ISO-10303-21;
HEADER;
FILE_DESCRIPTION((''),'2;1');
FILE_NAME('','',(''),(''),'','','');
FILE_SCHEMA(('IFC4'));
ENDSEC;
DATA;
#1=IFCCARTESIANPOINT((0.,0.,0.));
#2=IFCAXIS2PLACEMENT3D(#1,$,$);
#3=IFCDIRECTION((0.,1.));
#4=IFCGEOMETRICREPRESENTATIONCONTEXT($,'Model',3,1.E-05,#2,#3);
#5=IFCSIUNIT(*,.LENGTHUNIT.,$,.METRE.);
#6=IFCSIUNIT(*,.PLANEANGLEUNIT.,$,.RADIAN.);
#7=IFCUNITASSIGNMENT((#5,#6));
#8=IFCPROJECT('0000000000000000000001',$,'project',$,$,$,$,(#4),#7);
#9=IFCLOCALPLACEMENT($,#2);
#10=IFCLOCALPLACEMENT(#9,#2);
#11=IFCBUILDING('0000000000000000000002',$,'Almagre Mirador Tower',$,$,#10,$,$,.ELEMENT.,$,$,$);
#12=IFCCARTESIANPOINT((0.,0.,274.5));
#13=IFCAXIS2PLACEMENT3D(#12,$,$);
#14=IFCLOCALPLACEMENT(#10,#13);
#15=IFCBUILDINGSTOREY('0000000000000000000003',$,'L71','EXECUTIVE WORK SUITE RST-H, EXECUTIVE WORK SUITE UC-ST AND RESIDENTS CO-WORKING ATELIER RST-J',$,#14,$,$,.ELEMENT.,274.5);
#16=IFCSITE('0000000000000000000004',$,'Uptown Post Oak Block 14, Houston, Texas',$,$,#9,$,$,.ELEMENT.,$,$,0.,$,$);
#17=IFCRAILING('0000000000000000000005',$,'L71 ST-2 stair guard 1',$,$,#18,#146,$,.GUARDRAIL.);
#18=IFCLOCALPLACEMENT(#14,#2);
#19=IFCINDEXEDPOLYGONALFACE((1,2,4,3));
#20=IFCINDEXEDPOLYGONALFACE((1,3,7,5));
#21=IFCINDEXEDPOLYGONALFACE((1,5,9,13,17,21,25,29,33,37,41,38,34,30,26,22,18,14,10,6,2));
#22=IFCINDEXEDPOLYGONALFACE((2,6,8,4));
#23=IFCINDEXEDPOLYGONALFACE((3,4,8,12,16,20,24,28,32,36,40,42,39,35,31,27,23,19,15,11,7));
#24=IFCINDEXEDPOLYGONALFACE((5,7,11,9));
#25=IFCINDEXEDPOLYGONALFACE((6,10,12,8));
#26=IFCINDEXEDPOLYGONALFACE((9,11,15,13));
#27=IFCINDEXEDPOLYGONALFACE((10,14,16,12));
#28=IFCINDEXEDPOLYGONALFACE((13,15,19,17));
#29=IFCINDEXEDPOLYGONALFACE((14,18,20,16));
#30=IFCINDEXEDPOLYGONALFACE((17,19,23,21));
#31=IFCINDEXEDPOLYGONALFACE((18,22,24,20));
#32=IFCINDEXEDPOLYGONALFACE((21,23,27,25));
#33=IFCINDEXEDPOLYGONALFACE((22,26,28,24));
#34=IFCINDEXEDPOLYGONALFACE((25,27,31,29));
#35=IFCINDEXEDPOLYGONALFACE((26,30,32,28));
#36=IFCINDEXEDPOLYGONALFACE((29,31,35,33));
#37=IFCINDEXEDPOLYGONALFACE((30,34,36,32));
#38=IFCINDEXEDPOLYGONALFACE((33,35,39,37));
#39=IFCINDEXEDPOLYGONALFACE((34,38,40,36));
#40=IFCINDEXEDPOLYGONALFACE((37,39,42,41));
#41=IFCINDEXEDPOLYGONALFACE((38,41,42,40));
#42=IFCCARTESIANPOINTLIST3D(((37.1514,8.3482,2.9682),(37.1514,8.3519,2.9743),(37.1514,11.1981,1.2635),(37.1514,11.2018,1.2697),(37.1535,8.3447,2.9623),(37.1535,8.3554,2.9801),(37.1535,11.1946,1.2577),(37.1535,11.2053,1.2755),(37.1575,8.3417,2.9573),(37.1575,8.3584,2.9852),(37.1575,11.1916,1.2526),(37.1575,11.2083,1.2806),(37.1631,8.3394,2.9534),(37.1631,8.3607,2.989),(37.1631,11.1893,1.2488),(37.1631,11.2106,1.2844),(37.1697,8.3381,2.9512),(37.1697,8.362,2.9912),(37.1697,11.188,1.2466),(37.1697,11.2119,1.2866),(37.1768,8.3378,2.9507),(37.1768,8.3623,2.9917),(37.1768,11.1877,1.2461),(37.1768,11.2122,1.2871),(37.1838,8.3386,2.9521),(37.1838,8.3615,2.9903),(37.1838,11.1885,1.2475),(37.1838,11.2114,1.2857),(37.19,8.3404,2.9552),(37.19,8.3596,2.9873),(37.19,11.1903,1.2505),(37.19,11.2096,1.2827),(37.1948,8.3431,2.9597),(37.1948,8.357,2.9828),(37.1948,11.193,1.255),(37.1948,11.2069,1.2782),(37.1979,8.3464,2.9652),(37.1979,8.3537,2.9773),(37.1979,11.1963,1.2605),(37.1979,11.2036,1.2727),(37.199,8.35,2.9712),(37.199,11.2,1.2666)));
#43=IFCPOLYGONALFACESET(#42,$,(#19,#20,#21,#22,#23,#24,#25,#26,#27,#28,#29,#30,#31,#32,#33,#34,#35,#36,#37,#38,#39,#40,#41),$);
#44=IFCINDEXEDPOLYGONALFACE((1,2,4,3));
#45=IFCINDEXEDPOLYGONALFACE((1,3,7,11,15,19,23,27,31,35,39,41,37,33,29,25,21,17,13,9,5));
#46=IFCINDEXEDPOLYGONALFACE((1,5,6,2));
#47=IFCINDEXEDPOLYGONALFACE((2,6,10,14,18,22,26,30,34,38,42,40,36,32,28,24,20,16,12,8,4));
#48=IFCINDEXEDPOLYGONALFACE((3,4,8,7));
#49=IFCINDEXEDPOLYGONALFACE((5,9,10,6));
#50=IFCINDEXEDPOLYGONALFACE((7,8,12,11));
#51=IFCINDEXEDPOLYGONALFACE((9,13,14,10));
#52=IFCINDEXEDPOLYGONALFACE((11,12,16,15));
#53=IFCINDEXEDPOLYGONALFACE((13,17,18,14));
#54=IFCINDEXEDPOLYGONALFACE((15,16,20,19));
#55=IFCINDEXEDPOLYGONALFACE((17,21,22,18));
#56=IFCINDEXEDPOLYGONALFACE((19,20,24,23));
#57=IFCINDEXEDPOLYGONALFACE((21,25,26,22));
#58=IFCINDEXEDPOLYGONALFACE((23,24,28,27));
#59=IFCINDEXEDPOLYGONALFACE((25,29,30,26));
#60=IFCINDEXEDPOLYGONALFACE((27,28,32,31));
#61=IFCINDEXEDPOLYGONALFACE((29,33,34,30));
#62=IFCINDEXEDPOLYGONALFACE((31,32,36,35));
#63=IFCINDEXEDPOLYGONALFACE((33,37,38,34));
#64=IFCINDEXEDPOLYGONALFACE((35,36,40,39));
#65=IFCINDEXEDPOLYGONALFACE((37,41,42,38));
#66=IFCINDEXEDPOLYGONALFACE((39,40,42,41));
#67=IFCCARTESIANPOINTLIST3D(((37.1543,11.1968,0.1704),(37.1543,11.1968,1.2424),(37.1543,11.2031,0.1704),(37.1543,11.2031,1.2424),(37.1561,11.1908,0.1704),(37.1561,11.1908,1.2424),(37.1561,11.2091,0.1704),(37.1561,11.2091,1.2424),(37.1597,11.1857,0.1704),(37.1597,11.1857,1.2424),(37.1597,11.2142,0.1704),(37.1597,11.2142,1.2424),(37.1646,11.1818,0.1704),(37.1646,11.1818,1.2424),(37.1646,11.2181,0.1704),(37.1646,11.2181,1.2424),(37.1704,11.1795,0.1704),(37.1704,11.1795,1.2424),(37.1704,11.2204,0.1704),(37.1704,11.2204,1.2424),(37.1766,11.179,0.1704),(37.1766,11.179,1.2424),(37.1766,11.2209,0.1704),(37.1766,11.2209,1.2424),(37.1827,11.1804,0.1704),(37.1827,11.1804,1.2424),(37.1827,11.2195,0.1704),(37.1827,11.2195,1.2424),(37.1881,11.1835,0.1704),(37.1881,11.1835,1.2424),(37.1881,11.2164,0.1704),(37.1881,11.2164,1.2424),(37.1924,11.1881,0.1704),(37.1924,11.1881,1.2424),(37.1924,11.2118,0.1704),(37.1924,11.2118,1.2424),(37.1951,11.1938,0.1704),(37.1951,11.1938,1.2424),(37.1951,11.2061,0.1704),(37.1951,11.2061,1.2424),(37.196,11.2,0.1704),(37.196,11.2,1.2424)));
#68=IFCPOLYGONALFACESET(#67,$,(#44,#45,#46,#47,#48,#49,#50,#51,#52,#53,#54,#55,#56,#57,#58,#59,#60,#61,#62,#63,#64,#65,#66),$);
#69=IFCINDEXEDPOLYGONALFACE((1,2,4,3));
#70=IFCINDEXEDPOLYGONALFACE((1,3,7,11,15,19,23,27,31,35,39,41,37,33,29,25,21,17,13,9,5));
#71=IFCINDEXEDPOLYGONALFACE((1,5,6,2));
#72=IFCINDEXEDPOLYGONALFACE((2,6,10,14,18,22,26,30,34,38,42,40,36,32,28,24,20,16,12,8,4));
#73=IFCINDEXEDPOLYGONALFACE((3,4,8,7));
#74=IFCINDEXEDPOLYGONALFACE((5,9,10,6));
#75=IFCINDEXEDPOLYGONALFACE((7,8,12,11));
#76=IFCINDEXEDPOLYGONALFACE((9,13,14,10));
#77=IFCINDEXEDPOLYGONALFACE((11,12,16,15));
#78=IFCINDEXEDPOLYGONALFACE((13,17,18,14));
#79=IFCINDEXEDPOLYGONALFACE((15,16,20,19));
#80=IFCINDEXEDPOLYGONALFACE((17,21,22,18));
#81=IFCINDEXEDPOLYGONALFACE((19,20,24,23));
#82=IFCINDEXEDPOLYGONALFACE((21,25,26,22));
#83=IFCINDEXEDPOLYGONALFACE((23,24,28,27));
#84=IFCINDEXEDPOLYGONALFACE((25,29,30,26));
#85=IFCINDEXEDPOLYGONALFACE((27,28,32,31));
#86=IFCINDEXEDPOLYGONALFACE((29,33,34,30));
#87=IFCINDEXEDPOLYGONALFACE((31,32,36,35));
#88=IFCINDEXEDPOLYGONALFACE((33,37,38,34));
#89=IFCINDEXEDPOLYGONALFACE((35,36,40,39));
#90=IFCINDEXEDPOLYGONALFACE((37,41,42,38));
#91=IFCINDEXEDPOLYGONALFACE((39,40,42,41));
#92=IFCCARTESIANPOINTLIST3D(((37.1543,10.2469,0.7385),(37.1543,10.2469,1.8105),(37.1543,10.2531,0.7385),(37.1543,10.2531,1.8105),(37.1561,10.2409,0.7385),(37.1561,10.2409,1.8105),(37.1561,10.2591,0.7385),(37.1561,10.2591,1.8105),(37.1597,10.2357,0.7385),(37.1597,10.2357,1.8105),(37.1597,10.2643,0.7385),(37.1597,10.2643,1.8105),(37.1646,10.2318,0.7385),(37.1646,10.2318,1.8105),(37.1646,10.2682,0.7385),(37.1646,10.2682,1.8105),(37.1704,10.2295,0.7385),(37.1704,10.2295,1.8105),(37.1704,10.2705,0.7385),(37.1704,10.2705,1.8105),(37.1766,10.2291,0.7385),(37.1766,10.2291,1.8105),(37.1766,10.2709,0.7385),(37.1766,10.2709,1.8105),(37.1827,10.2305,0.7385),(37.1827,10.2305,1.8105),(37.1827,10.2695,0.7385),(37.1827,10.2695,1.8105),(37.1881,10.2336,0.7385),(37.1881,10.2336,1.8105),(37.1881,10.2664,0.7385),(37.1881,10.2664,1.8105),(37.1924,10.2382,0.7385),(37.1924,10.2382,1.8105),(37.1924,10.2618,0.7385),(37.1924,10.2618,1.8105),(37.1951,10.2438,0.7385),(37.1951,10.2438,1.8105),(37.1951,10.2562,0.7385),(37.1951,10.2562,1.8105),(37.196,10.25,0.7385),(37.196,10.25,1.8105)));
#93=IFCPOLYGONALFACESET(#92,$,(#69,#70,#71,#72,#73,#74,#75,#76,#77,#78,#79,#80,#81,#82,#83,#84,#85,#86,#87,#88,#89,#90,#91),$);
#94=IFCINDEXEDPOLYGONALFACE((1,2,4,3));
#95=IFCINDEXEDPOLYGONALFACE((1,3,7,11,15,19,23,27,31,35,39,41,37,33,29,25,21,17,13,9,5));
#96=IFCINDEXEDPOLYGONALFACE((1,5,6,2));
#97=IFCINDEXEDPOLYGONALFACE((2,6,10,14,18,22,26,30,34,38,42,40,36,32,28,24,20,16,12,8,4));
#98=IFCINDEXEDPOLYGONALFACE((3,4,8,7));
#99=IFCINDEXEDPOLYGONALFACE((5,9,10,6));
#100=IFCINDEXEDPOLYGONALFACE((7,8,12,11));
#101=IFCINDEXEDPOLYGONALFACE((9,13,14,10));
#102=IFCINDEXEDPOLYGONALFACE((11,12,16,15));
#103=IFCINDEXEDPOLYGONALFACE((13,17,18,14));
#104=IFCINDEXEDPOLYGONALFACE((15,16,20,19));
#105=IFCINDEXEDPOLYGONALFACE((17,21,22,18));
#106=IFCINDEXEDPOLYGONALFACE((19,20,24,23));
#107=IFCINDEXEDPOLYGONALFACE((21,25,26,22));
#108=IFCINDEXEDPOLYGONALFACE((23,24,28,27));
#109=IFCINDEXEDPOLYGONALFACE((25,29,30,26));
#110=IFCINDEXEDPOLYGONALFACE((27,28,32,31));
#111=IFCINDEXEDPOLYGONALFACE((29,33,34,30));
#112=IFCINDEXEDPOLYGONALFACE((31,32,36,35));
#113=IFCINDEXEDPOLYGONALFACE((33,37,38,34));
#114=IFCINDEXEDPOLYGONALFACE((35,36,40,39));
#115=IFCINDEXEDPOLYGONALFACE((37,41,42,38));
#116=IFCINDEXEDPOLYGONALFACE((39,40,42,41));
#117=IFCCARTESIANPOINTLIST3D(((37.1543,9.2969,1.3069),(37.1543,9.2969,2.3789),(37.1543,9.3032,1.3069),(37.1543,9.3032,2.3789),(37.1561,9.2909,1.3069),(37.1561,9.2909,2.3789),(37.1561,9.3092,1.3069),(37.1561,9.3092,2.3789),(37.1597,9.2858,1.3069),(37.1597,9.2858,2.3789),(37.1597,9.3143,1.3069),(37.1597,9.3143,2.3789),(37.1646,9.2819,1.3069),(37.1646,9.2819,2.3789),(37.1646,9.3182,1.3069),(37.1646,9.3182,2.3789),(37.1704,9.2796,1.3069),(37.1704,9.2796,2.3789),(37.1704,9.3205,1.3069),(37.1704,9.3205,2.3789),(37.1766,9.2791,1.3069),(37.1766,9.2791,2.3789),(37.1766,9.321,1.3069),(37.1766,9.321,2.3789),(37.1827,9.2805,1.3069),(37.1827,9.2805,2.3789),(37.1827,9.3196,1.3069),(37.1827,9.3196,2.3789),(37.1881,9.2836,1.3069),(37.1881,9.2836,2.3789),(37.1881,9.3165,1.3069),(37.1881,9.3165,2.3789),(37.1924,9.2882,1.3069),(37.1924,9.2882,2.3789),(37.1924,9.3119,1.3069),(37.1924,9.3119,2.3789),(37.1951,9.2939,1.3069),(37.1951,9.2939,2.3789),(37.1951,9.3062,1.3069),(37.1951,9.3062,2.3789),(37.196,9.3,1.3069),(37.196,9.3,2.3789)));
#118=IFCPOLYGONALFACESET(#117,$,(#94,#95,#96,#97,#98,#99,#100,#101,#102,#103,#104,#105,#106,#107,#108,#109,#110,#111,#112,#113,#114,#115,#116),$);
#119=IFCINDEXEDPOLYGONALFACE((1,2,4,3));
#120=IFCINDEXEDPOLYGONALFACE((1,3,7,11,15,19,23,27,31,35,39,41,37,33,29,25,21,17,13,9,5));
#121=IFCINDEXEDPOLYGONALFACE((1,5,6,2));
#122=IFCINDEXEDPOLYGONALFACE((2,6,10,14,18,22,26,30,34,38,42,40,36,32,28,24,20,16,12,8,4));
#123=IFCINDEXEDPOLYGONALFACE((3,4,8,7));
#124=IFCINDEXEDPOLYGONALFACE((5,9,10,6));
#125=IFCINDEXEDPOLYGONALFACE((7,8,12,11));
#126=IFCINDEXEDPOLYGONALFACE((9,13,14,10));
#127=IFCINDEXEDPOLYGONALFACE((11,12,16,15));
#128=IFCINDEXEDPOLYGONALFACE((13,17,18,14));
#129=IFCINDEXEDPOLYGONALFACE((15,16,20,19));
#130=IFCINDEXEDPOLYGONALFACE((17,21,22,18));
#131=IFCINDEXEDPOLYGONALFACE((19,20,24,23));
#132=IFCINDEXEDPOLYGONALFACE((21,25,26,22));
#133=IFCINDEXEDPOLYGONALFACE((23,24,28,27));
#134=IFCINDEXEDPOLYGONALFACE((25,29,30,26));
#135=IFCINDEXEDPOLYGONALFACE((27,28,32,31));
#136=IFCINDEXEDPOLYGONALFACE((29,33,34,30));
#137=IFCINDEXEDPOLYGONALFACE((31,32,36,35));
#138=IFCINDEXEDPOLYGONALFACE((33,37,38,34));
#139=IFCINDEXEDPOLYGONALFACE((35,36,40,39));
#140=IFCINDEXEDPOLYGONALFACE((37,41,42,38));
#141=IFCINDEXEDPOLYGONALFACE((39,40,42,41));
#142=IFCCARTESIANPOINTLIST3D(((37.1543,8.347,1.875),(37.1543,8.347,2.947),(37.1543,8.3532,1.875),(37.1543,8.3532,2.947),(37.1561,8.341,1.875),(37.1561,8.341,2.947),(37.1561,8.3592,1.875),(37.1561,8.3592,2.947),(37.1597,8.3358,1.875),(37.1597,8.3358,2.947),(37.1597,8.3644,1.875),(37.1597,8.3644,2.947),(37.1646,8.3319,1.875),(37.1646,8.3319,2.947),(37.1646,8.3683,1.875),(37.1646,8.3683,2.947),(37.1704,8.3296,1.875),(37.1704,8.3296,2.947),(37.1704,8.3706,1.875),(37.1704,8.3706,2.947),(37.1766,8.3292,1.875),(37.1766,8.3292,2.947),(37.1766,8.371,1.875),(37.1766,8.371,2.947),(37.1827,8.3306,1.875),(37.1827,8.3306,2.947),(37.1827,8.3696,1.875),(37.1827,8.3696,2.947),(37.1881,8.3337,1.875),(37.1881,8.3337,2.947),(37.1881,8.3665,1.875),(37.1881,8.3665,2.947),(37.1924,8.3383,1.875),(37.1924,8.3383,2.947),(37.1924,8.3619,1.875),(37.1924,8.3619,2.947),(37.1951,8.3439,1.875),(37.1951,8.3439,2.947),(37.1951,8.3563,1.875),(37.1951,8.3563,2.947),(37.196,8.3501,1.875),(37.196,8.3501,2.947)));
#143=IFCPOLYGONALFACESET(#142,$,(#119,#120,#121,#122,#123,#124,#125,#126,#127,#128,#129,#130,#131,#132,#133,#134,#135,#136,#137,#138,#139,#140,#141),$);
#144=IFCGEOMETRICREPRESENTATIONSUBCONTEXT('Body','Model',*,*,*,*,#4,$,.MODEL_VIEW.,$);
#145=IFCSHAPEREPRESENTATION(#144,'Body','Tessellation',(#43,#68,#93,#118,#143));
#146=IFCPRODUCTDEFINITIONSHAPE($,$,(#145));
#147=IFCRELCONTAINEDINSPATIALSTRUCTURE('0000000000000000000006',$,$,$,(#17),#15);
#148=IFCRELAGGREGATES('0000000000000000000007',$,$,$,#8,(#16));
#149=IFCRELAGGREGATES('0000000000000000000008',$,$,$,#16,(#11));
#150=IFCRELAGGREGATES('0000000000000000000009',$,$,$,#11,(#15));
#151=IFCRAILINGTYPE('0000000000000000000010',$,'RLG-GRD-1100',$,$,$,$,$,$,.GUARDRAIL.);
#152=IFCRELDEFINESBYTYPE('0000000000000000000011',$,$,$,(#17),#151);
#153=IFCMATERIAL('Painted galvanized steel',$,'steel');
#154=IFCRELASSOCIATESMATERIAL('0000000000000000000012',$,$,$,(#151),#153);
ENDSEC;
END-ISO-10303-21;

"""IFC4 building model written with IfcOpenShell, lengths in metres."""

from ifc_helpers import new_model, si_unit, direction, frame, origin, origin_2d, place, context, subcontext, project, spatial, circle, extrude, material, type_object, element, save


model = new_model("IFC4")

# Units and contexts
model_context = context("Model", 3, precision=1e-05, world=origin(), true_north=direction((0.0, 1.0)))
body_context = subcontext(model_context, "Body", "Model", "MODEL_VIEW")
ifc_project = project(units=[si_unit("LENGTHUNIT", "METRE"), si_unit("PLANEANGLEUNIT", "RADIAN")], contexts=[model_context])

# Site, building, storey
site_placement = place(None, origin())
site = spatial("IfcSite", under=ifc_project, at=site_placement, Name="Uptown Post Oak Block 14, Houston, Texas", CompositionType="ELEMENT", RefElevation=0.0)
building_placement = place(site_placement, origin())
building = spatial("IfcBuilding", under=site, at=building_placement, Name="Almagre Mirador Tower", CompositionType="ELEMENT")
storey_placement = place(building_placement, frame((0.0, 0.0, 274.5)))
storey = spatial("IfcBuildingStorey", under=building, at=storey_placement, Name="L71", Description="EXECUTIVE WORK SUITE RST-H, EXECUTIVE WORK SUITE UC-ST AND RESIDENTS CO-WORKING ATELIER RST-J", CompositionType="ELEMENT", Elevation=274.5)

# Railing
ifc_material_1 = material(Name="Painted galvanized steel", Category="steel")
railing_type_1 = type_object("IfcRailingType", Name="RLG-GRD-1100", PredefinedType="GUARDRAIL", material=ifc_material_1)
railing_1_placement = place(storey_placement, frame((37.175, 11.2, 0.1704)))
element("IfcRailing", 1, at=railing_1_placement, inside=storey, type_object=railing_type_1, Name="L71 ST-2 stair guard 1", PredefinedType="GUARDRAIL", context=body_context, shape_type="SweptSolid", body=[
    extrude(circle(Radius=0.0239, at=origin_2d()), frame((0.0, 0.0, 1.0962), z_axis=(0.0, -0.858199, 0.513317), x_axis=(1.0, 0.0, 0.0)), (0.0, 0.0, 1.0), 3.3208),
    extrude(circle(Radius=0.021, at=origin_2d()), origin(), (0.0, 0.0, 1.0), 1.072),
    extrude(circle(Radius=0.021, at=origin_2d()), frame((0.0, -0.95, 0.5681)), (0.0, 0.0, 1.0), 1.072),
    extrude(circle(Radius=0.021, at=origin_2d()), frame((0.0, -1.8999, 1.1365)), (0.0, 0.0, 1.0), 1.072),
    extrude(circle(Radius=0.021, at=origin_2d()), frame((0.0, -2.8499, 1.7046)), (0.0, 0.0, 1.0), 1.072),
])

save(model, "model.ifc")
